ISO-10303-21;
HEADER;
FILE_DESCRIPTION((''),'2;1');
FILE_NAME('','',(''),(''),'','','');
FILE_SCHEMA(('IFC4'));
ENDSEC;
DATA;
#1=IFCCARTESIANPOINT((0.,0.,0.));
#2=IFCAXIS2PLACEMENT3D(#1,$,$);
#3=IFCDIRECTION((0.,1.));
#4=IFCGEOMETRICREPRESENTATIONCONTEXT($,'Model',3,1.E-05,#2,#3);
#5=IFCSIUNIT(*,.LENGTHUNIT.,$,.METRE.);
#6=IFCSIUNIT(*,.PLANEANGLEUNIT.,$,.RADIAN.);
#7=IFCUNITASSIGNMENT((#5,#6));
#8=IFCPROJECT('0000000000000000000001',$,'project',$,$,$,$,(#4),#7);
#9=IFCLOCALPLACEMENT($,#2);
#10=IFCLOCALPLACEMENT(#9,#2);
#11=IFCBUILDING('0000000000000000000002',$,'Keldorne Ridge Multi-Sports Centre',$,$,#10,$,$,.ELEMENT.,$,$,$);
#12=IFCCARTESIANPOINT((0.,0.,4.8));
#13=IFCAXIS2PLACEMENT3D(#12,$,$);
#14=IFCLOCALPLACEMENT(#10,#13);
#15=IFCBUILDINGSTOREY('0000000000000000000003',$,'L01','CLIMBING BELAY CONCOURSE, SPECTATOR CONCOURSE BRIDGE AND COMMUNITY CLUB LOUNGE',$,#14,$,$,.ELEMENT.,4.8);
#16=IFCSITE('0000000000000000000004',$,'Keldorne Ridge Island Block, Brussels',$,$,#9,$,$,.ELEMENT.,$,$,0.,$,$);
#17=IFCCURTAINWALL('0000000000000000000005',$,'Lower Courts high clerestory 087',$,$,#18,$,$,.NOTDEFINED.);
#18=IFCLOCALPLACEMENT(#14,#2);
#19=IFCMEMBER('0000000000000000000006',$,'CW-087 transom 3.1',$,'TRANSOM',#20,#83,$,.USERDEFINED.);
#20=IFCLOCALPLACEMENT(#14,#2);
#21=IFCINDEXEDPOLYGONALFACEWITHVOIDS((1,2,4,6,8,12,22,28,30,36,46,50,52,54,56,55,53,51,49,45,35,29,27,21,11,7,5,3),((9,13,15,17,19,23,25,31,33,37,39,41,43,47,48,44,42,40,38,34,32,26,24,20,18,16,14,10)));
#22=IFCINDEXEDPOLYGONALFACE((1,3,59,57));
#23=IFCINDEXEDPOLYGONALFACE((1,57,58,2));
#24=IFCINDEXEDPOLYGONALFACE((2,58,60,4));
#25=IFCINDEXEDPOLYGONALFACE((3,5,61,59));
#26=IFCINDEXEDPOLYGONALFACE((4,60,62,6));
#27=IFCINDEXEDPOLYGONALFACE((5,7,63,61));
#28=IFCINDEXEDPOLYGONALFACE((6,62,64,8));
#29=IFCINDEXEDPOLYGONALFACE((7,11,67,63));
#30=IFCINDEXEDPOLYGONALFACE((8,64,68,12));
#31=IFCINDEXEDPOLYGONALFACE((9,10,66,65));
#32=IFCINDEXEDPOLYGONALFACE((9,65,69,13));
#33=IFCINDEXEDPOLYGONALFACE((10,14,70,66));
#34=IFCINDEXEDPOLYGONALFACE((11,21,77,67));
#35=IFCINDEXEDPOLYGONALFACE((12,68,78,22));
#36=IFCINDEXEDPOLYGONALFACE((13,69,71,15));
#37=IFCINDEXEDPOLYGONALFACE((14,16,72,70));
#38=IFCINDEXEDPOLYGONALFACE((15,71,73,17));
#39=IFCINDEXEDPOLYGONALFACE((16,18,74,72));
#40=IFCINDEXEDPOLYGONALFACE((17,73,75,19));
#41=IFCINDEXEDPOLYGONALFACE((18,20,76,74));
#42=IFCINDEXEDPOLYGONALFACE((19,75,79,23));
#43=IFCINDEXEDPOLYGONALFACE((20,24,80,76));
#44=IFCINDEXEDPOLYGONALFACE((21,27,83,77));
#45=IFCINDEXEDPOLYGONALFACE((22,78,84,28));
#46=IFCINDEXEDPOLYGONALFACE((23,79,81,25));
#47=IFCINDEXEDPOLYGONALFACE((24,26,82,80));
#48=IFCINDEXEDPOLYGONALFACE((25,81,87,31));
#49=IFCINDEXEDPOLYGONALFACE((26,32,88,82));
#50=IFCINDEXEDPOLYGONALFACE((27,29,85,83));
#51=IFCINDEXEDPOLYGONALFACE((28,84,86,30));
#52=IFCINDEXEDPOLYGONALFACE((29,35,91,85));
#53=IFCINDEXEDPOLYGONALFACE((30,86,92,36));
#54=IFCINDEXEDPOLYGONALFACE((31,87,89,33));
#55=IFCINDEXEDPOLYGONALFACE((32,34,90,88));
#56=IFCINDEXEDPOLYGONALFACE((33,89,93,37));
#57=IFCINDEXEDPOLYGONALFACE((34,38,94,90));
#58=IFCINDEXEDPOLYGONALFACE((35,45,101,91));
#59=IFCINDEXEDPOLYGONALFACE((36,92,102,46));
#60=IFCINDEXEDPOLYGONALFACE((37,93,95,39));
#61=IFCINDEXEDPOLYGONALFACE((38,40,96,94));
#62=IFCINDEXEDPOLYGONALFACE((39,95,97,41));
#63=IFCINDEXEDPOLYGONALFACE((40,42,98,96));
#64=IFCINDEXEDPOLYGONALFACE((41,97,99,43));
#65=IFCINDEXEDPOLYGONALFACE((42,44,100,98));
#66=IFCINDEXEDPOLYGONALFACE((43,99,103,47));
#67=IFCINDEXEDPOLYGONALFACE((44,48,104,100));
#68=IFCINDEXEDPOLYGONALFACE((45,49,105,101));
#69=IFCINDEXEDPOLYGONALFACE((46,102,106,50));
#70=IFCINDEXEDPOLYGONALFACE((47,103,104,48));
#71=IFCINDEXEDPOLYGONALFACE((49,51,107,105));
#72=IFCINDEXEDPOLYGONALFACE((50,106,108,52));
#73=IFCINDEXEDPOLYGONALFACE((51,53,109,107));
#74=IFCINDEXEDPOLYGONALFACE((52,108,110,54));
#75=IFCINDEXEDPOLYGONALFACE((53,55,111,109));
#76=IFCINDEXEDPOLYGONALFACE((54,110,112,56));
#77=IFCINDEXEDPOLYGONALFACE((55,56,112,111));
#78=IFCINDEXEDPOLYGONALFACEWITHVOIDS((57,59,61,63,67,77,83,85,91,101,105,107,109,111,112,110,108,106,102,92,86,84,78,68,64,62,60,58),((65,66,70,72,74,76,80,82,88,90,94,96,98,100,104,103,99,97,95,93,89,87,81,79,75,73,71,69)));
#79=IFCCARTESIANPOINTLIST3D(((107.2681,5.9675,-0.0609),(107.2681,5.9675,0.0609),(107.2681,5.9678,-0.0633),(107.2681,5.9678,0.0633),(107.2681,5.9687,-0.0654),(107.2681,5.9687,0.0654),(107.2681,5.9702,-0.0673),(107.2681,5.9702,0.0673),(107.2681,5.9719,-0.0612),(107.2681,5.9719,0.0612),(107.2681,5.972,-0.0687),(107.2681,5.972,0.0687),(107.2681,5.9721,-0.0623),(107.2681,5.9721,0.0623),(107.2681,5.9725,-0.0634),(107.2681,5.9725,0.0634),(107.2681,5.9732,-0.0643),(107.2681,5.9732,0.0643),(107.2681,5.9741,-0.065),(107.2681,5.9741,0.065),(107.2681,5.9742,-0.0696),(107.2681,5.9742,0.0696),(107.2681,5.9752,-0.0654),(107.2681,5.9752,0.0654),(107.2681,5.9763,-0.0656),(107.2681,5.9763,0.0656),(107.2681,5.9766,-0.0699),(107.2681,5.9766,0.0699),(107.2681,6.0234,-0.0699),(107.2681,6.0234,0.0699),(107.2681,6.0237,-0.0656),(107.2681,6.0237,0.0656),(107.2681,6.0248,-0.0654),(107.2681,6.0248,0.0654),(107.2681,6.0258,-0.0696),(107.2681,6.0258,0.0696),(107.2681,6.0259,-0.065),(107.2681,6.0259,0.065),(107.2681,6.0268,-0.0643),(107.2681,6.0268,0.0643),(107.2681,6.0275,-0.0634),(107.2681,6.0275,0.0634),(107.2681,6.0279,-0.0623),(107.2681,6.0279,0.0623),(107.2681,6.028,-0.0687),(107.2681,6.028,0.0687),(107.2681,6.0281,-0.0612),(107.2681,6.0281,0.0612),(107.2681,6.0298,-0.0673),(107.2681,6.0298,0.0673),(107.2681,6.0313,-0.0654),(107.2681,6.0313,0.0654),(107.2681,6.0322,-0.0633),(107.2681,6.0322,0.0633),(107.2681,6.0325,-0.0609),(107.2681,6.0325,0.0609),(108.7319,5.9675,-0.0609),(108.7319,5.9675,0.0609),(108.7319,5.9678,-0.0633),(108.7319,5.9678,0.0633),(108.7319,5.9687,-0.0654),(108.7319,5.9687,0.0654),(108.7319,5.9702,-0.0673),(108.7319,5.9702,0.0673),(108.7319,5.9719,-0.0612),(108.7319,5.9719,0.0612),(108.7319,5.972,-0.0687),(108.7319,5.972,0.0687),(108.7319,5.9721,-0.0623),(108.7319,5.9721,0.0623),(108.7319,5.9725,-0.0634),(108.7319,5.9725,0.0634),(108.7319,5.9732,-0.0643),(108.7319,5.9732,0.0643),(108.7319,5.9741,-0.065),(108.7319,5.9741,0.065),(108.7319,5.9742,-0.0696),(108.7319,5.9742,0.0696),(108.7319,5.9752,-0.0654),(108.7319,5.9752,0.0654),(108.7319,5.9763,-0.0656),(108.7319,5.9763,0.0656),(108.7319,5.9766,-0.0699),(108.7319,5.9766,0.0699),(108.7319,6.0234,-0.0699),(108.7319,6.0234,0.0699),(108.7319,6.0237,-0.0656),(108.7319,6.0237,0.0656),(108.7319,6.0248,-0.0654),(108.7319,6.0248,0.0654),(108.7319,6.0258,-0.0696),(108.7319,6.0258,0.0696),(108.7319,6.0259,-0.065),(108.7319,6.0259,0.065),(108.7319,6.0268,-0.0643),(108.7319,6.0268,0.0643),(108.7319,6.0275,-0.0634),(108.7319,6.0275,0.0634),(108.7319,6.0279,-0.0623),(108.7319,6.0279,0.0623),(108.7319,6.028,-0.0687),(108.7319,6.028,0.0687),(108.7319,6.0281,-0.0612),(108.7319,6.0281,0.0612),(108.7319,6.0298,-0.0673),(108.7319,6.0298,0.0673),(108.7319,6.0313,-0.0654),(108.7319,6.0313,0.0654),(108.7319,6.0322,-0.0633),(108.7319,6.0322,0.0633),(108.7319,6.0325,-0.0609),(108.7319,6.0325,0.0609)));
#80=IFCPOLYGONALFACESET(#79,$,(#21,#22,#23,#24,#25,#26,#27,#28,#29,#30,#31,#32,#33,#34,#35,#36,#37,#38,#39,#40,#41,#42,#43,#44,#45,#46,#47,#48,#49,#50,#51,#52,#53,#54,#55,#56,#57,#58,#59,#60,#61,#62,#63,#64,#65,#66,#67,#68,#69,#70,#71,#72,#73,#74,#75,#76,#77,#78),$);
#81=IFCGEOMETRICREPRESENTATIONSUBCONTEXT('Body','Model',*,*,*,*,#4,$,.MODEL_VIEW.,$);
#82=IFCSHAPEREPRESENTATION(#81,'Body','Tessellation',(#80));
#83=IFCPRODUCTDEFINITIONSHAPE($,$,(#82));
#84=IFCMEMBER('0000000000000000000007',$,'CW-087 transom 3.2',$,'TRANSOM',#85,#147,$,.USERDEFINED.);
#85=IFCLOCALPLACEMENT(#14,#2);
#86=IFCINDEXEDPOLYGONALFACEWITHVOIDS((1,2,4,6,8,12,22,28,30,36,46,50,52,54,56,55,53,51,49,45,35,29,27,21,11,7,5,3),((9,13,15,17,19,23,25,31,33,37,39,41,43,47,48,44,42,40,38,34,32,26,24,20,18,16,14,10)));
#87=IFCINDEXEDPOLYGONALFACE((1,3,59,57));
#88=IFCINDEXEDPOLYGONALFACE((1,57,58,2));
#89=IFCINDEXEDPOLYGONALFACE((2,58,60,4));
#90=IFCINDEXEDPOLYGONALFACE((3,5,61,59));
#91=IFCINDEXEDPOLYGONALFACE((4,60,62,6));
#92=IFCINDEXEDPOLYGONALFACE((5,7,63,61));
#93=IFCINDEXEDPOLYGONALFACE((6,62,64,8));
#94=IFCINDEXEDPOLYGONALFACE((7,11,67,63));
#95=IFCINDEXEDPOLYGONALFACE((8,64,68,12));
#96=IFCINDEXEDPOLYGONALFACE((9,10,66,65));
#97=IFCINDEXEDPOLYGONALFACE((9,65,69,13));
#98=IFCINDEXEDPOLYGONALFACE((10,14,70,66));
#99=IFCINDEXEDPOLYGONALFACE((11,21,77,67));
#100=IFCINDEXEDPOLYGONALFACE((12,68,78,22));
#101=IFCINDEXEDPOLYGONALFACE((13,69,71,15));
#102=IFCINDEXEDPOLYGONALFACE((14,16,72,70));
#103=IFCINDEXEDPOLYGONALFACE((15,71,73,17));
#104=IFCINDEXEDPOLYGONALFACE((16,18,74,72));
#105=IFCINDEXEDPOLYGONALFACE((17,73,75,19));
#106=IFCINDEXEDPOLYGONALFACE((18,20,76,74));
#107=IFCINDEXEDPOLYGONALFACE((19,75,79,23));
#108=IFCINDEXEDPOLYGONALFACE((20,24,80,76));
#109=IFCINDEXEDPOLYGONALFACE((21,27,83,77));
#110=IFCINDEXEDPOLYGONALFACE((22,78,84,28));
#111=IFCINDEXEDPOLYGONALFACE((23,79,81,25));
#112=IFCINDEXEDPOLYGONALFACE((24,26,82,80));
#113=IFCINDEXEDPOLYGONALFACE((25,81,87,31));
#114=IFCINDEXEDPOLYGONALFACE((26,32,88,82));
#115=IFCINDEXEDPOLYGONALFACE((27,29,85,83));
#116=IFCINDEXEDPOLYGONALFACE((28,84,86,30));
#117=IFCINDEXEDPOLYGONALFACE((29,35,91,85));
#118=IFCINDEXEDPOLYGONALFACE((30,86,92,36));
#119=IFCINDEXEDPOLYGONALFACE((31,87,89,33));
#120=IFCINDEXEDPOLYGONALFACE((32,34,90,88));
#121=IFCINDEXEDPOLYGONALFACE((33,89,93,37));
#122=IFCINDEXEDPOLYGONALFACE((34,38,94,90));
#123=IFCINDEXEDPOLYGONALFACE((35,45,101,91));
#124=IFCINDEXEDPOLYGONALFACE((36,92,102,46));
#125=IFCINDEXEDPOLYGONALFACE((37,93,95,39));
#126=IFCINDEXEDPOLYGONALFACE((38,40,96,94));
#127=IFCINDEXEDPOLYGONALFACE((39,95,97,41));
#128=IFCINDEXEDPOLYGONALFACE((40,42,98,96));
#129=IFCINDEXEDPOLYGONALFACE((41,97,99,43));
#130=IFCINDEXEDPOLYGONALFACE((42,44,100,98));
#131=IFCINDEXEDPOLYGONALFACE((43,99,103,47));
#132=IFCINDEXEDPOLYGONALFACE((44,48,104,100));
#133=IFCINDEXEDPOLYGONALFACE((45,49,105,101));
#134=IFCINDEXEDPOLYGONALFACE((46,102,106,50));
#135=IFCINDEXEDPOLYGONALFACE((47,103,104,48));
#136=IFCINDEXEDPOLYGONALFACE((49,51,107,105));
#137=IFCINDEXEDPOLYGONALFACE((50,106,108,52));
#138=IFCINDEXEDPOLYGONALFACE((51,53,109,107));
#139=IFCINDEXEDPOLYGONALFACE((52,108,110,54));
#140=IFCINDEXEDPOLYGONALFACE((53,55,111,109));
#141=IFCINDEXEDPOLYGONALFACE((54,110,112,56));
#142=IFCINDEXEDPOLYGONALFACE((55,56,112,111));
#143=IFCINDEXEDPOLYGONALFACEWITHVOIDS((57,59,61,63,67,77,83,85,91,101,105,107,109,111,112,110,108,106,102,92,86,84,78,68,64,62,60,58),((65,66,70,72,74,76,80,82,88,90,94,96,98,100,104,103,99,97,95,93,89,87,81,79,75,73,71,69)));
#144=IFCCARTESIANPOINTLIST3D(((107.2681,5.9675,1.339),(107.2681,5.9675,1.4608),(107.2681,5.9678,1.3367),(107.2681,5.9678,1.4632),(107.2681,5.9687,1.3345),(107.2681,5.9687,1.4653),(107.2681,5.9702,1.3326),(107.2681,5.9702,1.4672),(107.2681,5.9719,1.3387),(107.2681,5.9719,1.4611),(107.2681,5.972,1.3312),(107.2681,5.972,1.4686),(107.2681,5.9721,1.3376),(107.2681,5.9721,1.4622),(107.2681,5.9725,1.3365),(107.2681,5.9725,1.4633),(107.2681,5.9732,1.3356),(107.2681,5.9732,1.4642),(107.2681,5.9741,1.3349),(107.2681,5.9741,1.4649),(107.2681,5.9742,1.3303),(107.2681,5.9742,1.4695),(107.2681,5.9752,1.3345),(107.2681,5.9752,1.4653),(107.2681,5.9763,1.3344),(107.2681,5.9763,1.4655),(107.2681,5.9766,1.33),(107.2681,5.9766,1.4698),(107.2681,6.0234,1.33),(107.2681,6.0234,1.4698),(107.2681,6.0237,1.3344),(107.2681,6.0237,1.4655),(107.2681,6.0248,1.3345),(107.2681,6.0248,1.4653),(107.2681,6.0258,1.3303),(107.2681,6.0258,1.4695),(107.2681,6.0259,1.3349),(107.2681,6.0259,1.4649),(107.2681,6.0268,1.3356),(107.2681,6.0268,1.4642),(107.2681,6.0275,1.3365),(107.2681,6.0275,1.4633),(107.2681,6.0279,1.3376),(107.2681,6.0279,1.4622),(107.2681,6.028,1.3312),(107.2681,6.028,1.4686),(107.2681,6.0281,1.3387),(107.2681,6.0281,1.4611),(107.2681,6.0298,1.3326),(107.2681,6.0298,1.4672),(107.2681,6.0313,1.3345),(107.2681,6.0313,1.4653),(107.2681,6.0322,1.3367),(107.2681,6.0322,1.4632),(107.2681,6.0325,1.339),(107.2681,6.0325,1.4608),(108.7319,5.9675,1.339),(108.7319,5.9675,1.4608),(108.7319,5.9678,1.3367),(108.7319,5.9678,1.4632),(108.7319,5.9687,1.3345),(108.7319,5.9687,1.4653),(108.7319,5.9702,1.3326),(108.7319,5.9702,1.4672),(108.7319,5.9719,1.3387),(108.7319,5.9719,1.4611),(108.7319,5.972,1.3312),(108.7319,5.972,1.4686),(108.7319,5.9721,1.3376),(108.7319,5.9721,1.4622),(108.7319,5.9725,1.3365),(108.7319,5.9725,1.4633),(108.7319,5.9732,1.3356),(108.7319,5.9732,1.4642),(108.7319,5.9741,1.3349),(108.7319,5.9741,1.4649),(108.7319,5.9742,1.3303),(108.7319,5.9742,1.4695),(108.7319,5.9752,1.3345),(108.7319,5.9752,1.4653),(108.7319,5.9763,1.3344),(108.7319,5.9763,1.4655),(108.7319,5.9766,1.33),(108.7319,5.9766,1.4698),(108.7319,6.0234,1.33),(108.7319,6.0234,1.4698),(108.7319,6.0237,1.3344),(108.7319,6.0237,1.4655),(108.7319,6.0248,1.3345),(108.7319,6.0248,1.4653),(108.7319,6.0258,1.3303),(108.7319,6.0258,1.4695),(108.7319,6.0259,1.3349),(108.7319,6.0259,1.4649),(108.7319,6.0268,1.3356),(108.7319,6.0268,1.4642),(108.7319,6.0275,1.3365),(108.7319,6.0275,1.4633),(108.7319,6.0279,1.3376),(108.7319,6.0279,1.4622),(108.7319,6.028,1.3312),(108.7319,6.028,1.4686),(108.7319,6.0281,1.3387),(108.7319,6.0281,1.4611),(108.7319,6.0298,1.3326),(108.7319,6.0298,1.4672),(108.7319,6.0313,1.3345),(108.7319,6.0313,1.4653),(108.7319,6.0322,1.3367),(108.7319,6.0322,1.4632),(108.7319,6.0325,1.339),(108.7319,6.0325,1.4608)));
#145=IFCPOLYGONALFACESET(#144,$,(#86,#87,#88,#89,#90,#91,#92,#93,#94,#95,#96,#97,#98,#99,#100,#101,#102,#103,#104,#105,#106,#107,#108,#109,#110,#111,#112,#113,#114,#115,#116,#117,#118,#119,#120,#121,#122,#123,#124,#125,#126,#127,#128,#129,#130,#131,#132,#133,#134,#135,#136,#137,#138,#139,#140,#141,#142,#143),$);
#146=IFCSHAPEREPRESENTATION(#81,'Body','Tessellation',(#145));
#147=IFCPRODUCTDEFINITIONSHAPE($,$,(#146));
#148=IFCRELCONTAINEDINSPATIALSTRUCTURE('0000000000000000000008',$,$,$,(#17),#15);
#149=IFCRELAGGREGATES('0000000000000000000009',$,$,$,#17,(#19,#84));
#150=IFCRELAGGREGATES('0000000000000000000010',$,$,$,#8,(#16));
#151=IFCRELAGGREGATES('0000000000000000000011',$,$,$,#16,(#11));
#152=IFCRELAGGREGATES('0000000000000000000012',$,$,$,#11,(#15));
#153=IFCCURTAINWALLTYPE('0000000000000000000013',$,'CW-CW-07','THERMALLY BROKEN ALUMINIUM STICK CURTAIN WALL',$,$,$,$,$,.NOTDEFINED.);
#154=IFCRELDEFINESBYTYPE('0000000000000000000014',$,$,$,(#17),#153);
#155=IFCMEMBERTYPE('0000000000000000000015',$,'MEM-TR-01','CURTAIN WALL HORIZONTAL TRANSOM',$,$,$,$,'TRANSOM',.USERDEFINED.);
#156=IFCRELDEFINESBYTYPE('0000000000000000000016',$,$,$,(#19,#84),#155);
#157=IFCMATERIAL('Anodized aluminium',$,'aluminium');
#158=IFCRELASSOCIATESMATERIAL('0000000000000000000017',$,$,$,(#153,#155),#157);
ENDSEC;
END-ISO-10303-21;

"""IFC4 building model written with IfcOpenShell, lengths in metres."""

from ifc_helpers import new_model, si_unit, direction, frame, origin, origin_2d, place, context, subcontext, project, spatial, hollow_rectangle, extrude, material, material_profile, profile_set, type_object, element, aggregate, save


model = new_model("IFC4")

# Units and contexts
model_context = context("Model", 3, precision=1e-05, world=origin(), true_north=direction((0.0, 1.0)))
body_context = subcontext(model_context, "Body", "Model", "MODEL_VIEW")
ifc_project = project(units=[si_unit("LENGTHUNIT", "METRE"), si_unit("PLANEANGLEUNIT", "RADIAN")], contexts=[model_context])

# Site, building, storey
site_placement = place(None, origin())
site = spatial("IfcSite", under=ifc_project, at=site_placement, Name="Keldorne Ridge Island Block, Brussels", CompositionType="ELEMENT", RefElevation=0.0)
building_placement = place(site_placement, origin())
building = spatial("IfcBuilding", under=site, at=building_placement, Name="Keldorne Ridge Multi-Sports Centre", CompositionType="ELEMENT")
storey_placement = place(building_placement, frame((0.0, 0.0, 4.8)))
storey = spatial("IfcBuildingStorey", under=building, at=storey_placement, Name="L01", Description="CLIMBING BELAY CONCOURSE, SPECTATOR CONCOURSE BRIDGE AND COMMUNITY CLUB LOUNGE", CompositionType="ELEMENT", Elevation=4.8)

# Curtain wall, members
ifc_material_1 = material(Name="Anodized aluminium", Category="aluminium")
curtain_wall_type = type_object("IfcCurtainWallType", Name="CW-CW-07", Description="THERMALLY BROKEN ALUMINIUM STICK CURTAIN WALL", PredefinedType="NOTDEFINED", material=ifc_material_1)
curtain_wall_placement = place(storey_placement, origin())
curtain_wall = element("IfcCurtainWall", 1, at=curtain_wall_placement, inside=storey, type_object=curtain_wall_type, Name="Lower Courts high clerestory 087", PredefinedType="NOTDEFINED")
ifc_material_profile_1 = material_profile(ifc_material_1, hollow_rectangle(XDim=0.0649, YDim=0.1399, WallThickness=0.0044, InnerFilletRadius=0.0044, OuterFilletRadius=0.009, at=origin_2d()), Name="ALU TRANSOM 140x65x4.5")
ifc_profile_set_1 = profile_set([ifc_material_profile_1], Name="Anodized aluminium")
member_type_1 = type_object("IfcMemberType", Name="MEM-TR-01", Description="CURTAIN WALL HORIZONTAL TRANSOM", ElementType="TRANSOM", PredefinedType="USERDEFINED", material=ifc_profile_set_1)
member_1_placement = place(storey_placement, frame((107.2681, 6.0, 0.0), z_axis=(1.0, 0.0, 0.0), x_axis=(0.0, 1.0, 0.0)))
member_1 = element("IfcMember", 2, at=member_1_placement, type_object=member_type_1, Name="CW-087 transom 3.1", ObjectType="TRANSOM", PredefinedType="USERDEFINED", context=body_context, shape_type="SweptSolid", body=[
    extrude(hollow_rectangle(XDim=0.0649, YDim=0.1399, WallThickness=0.0044, InnerFilletRadius=0.0044, OuterFilletRadius=0.009, at=origin_2d()), origin(), (0.0, 0.0, 1.0), 1.4639),
])
member_2_placement = place(storey_placement, frame((107.2681, 6.0, 1.3999), z_axis=(1.0, 0.0, 0.0), x_axis=(0.0, 1.0, 0.0)))
member_2 = element("IfcMember", 3, at=member_2_placement, type_object=member_type_1, Name="CW-087 transom 3.2", ObjectType="TRANSOM", PredefinedType="USERDEFINED", context=body_context, shape_type="SweptSolid", body=[
    extrude(hollow_rectangle(XDim=0.0649, YDim=0.1399, WallThickness=0.0044, InnerFilletRadius=0.0044, OuterFilletRadius=0.009, at=origin_2d()), origin(), (0.0, 0.0, 1.0), 1.4639),
])
aggregate(curtain_wall, [member_1, member_2])

save(model, "model.ifc")
